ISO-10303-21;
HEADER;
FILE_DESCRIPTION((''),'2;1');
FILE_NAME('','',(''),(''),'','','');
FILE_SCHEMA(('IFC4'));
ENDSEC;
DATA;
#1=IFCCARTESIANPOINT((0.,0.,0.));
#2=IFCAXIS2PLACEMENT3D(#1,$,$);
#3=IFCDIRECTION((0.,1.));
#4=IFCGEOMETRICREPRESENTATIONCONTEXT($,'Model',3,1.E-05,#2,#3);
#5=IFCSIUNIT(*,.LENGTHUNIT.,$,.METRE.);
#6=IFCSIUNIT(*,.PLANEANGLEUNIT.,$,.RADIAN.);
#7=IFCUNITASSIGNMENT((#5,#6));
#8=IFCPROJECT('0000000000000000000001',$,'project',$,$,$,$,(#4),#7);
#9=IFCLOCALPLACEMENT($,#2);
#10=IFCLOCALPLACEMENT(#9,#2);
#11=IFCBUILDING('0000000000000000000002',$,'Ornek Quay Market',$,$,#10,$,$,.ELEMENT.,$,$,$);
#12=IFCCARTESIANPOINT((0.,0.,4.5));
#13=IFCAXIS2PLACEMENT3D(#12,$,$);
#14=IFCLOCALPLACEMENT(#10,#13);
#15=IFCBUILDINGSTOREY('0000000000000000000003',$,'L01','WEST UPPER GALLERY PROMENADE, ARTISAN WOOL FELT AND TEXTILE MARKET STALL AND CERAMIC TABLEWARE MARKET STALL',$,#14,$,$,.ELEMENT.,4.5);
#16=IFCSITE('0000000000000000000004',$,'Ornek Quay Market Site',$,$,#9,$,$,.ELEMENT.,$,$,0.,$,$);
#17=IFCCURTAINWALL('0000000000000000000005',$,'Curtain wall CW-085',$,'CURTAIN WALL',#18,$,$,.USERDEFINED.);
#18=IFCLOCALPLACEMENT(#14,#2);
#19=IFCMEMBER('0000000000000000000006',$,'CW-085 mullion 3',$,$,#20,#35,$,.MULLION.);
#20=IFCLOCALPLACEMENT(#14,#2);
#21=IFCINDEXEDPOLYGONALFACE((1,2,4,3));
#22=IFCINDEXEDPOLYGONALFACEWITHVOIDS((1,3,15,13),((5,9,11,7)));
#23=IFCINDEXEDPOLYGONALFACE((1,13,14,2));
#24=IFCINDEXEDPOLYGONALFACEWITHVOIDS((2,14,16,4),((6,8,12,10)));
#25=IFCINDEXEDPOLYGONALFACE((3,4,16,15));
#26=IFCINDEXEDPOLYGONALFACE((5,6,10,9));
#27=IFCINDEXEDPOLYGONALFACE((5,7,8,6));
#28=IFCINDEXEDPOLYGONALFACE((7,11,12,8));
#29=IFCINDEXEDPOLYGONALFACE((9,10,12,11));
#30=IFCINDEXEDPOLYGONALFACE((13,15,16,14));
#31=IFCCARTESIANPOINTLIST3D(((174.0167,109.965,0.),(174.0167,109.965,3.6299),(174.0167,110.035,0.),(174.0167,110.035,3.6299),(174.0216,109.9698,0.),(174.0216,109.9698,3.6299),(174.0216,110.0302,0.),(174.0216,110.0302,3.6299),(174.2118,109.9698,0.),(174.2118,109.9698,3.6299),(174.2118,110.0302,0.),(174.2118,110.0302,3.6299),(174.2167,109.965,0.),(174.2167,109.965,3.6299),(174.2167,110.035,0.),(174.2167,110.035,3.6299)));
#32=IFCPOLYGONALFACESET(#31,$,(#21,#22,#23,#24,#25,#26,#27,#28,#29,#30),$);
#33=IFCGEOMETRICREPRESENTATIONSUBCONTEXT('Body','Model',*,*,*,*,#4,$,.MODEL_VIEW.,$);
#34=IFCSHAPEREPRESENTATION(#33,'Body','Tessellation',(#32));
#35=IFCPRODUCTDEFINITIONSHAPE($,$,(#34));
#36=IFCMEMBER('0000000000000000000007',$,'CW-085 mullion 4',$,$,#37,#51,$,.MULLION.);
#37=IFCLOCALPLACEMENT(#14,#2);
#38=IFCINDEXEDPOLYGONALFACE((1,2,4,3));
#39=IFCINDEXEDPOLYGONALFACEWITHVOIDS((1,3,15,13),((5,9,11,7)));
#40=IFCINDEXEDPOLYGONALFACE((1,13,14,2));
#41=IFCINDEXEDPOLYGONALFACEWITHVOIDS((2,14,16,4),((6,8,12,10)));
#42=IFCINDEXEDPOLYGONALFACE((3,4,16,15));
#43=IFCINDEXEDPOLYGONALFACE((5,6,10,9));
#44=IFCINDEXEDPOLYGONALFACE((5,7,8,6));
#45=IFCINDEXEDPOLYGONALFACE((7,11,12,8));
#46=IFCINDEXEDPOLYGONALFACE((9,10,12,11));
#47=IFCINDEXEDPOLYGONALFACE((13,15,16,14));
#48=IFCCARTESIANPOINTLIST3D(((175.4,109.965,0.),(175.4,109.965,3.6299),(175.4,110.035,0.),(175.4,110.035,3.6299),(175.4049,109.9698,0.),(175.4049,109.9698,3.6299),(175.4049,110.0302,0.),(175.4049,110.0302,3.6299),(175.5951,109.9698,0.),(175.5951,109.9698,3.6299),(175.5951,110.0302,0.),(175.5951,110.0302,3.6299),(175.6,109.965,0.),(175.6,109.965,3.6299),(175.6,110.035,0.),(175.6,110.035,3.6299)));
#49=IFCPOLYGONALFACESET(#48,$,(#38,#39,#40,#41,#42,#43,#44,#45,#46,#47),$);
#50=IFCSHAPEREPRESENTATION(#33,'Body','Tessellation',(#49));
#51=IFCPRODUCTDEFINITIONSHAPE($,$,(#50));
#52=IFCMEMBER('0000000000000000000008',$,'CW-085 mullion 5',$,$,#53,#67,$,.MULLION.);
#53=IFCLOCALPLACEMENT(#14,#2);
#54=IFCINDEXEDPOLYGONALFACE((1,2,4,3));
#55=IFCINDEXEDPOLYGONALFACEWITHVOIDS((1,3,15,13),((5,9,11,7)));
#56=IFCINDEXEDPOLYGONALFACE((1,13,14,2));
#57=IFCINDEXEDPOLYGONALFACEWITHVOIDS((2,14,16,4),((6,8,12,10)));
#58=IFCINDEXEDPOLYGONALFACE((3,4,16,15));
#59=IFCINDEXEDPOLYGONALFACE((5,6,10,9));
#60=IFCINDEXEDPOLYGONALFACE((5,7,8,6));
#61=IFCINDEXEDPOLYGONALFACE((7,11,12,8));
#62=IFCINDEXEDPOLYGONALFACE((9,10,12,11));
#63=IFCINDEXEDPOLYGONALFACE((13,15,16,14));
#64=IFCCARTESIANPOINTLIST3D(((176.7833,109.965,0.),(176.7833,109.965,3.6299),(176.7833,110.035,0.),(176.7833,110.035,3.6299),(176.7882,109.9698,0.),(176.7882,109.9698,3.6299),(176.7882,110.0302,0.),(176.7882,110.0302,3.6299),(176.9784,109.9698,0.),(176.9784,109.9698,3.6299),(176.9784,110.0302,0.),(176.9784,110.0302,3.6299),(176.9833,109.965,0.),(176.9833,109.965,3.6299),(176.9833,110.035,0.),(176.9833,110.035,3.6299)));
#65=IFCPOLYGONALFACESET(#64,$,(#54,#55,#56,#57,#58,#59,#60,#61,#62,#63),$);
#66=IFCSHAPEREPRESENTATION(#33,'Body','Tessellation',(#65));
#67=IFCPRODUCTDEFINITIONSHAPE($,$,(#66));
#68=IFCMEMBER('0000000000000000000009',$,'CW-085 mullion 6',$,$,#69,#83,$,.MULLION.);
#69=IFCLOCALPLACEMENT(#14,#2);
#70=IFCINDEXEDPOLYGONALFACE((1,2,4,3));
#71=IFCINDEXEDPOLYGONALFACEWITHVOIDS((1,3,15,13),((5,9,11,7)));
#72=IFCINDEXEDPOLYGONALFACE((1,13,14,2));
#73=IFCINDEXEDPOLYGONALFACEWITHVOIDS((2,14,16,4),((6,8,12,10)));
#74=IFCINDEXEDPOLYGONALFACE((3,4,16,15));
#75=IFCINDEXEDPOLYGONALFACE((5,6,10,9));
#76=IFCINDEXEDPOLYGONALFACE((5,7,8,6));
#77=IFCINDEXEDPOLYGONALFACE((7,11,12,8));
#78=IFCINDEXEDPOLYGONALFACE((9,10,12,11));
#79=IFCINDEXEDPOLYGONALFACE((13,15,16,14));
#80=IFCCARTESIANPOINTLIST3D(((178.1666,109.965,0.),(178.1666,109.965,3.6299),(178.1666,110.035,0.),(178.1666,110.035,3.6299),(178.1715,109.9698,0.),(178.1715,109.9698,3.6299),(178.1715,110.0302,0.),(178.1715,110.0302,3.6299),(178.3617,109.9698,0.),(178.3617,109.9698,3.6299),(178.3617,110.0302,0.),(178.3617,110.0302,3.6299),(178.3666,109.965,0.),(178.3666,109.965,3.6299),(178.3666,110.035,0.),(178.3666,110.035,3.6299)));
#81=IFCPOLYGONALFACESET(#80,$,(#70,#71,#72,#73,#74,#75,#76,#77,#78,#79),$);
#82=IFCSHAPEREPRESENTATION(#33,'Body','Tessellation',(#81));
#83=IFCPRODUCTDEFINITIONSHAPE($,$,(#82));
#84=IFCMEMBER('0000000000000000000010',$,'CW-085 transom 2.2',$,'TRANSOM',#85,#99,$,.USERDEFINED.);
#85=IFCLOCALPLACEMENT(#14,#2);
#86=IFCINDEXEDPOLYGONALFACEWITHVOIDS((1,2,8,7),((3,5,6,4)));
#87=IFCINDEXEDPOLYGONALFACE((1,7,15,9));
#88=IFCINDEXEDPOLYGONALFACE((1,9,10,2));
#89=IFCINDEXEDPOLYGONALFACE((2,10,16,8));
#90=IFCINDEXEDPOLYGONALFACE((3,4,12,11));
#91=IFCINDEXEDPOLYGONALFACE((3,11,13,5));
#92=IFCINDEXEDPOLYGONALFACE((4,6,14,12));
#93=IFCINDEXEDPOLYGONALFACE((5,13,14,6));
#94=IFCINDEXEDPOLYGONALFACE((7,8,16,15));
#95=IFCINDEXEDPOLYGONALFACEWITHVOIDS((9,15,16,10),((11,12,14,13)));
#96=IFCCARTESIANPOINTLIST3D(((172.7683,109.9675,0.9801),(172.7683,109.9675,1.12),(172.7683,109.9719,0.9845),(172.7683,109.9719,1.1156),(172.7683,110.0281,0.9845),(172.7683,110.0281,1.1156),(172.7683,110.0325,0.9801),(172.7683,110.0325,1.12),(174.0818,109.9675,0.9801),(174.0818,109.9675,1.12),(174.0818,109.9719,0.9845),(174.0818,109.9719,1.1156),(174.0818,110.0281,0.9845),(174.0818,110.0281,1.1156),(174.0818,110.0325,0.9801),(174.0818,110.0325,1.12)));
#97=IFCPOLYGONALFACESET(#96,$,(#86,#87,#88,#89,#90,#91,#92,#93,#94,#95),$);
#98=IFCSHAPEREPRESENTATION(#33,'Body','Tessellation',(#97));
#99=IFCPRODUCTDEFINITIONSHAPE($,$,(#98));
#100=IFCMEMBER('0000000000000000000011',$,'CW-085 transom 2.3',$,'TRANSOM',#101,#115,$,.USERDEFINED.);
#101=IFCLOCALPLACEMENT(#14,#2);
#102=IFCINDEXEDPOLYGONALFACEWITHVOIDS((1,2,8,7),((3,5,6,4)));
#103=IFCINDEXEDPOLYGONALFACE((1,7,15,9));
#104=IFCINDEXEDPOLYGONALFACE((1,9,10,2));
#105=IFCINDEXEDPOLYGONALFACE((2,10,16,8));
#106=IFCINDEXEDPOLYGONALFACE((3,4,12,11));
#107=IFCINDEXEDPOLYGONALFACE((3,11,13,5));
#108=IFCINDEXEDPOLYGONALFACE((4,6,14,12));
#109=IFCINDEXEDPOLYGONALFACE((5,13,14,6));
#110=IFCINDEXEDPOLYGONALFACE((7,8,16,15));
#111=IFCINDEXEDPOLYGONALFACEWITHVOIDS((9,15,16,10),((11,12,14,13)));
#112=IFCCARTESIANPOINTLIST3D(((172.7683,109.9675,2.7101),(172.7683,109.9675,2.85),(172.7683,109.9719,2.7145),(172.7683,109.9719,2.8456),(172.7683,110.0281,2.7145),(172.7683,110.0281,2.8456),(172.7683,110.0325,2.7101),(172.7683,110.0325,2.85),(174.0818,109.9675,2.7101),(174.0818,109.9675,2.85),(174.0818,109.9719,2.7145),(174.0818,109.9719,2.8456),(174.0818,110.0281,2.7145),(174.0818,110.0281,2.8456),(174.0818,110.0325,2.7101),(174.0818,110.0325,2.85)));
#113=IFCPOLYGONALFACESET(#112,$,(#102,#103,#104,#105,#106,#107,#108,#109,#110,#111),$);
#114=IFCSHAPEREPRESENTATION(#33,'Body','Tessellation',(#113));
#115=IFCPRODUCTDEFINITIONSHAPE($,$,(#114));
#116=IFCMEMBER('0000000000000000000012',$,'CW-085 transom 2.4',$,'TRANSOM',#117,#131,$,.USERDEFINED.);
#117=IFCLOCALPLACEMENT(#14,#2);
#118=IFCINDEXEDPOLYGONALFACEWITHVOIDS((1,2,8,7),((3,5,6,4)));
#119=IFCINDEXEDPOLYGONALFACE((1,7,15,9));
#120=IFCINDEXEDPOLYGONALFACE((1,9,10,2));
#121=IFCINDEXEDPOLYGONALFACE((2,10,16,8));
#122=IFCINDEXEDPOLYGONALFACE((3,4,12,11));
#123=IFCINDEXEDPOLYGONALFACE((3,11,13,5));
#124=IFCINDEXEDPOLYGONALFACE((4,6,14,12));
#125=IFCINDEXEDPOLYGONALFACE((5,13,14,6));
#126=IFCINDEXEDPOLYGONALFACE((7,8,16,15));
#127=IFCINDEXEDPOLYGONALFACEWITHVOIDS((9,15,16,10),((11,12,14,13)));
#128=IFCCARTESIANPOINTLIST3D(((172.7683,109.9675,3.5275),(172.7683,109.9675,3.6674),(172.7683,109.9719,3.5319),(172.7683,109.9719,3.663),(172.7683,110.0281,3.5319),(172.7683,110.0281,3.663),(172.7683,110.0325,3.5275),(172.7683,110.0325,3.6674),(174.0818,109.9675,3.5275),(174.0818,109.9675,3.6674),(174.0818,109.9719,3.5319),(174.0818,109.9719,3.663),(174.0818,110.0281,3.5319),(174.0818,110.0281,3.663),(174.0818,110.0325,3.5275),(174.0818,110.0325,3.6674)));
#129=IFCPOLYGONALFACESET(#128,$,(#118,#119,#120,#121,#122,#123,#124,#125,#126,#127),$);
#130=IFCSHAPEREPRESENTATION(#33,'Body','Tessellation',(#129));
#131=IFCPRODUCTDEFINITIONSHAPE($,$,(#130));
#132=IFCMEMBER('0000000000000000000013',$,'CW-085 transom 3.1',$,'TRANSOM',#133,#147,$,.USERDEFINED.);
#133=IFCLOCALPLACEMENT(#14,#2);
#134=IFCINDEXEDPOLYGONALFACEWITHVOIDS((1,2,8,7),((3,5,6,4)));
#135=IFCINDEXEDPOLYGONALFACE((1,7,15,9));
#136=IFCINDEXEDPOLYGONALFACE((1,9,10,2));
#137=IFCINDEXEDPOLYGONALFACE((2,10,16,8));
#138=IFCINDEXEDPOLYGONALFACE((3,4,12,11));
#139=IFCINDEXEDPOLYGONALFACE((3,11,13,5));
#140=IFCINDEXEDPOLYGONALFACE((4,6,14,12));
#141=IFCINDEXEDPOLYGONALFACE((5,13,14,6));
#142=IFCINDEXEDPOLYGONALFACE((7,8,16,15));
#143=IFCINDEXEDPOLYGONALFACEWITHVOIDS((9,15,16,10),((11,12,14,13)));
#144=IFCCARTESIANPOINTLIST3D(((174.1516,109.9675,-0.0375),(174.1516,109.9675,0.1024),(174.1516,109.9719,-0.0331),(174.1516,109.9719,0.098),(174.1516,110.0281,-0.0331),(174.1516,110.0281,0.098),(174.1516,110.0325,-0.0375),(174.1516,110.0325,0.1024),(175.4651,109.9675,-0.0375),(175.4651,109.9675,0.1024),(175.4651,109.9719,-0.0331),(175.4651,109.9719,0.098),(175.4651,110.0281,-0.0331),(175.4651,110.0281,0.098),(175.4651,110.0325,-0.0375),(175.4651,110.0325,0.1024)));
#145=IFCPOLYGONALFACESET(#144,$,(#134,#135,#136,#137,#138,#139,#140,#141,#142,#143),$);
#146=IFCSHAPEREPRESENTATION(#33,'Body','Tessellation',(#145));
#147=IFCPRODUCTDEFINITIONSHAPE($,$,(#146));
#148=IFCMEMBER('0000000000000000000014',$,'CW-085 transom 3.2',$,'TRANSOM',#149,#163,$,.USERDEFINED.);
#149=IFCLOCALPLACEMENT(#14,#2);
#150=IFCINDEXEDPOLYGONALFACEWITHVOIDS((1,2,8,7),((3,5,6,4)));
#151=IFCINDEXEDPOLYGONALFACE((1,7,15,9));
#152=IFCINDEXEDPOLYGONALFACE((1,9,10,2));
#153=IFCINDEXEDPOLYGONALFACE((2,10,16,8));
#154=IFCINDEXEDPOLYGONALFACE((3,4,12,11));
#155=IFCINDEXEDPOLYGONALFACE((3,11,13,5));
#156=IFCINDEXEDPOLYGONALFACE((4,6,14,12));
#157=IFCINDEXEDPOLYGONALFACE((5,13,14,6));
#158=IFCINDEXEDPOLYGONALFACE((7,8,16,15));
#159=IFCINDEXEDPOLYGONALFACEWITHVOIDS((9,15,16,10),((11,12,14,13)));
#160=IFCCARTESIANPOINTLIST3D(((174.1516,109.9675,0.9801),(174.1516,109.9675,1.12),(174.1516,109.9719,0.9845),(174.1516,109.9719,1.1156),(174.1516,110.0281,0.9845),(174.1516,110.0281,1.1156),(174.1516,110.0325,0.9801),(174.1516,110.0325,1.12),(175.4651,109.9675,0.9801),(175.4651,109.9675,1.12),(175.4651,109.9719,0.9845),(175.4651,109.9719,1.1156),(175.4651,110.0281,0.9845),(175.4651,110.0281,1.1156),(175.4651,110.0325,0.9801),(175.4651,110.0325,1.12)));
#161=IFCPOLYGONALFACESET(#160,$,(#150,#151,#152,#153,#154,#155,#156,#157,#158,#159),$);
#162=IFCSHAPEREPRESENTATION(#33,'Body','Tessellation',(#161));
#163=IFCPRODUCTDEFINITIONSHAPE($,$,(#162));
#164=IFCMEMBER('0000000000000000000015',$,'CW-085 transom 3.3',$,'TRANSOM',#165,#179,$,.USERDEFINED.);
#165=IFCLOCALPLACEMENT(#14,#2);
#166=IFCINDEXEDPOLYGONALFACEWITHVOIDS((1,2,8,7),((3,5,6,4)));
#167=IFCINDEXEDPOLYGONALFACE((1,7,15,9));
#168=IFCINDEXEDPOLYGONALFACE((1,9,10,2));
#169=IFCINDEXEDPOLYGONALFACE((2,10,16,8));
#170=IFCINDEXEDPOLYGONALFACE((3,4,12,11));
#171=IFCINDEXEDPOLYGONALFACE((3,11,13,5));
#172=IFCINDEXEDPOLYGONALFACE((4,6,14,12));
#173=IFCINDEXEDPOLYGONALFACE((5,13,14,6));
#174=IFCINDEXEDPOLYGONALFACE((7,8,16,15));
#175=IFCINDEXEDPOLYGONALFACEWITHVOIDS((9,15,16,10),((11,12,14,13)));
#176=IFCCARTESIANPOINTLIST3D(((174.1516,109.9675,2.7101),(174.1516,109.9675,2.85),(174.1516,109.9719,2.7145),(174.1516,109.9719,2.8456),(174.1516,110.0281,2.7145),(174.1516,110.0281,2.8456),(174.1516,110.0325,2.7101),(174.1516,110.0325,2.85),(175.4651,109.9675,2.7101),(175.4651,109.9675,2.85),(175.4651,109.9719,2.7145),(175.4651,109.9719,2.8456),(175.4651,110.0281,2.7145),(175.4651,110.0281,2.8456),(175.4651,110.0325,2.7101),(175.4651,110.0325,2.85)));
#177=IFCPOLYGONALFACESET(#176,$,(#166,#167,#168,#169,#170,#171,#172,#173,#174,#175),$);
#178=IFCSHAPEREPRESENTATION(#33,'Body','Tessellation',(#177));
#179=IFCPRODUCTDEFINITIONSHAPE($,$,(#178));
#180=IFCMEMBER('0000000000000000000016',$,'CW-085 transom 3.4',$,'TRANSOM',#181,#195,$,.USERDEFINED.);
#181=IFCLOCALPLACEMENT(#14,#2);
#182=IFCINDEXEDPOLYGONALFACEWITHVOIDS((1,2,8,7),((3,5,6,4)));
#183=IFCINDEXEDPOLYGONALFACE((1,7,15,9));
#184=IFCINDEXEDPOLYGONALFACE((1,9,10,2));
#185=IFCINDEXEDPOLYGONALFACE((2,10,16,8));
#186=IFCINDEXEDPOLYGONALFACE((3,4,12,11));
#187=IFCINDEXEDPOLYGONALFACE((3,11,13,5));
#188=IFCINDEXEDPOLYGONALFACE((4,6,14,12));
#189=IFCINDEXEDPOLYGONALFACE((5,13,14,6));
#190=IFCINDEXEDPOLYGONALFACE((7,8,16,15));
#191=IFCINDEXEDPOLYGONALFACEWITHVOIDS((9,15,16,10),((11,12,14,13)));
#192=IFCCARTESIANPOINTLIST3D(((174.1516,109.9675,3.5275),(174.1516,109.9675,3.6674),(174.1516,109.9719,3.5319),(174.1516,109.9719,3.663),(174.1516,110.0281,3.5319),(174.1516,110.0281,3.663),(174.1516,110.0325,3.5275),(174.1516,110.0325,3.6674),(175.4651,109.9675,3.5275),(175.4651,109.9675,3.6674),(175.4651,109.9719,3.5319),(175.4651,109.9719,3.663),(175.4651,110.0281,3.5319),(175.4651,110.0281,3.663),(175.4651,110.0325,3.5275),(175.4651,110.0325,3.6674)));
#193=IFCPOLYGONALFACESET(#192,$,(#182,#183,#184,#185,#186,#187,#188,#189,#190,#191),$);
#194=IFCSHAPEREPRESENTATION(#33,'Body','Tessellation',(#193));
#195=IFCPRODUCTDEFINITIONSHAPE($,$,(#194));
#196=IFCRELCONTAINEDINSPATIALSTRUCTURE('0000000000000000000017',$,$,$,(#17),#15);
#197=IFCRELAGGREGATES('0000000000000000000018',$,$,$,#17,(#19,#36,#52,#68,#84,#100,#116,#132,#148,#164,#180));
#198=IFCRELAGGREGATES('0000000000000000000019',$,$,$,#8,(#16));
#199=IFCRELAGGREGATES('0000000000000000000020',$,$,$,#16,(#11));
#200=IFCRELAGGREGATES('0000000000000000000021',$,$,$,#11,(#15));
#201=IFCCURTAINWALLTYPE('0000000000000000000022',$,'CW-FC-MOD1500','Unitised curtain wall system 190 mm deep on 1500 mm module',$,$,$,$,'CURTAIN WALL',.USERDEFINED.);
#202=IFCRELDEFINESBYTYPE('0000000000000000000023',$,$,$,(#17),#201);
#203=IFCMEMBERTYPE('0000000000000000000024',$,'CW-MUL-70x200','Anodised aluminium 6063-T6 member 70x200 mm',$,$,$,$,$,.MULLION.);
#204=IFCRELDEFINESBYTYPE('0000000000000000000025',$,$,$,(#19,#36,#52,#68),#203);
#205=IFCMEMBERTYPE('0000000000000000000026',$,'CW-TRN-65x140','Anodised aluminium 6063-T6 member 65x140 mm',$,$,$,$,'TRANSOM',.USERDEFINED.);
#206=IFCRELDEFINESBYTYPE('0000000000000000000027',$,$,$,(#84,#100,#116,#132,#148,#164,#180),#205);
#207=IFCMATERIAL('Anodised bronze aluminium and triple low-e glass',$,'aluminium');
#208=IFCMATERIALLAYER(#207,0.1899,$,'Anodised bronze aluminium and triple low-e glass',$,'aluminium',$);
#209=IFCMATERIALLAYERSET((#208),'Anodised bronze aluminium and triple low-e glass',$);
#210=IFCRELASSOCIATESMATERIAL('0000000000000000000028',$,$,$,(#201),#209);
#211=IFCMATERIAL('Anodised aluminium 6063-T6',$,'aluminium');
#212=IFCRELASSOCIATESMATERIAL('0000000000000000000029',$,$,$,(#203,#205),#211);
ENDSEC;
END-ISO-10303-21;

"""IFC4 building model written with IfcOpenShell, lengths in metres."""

from ifc_helpers import new_model, si_unit, direction, frame, origin, origin_2d, place, context, subcontext, project, spatial, hollow_rectangle, extrude, material, layer, layer_set, material_profile, profile_set, type_object, element, aggregate, save


model = new_model("IFC4")

# Units and contexts
model_context = context("Model", 3, precision=1e-05, world=origin(), true_north=direction((0.0, 1.0)))
body_context = subcontext(model_context, "Body", "Model", "MODEL_VIEW")
ifc_project = project(units=[si_unit("LENGTHUNIT", "METRE"), si_unit("PLANEANGLEUNIT", "RADIAN")], contexts=[model_context])

# Site, building, storey
site_placement = place(None, origin())
site = spatial("IfcSite", under=ifc_project, at=site_placement, Name="Ornek Quay Market Site", CompositionType="ELEMENT", RefElevation=0.0)
building_placement = place(site_placement, origin())
building = spatial("IfcBuilding", under=site, at=building_placement, Name="Ornek Quay Market", CompositionType="ELEMENT")
storey_placement = place(building_placement, frame((0.0, 0.0, 4.5)))
storey = spatial("IfcBuildingStorey", under=building, at=storey_placement, Name="L01", Description="WEST UPPER GALLERY PROMENADE, ARTISAN WOOL FELT AND TEXTILE MARKET STALL AND CERAMIC TABLEWARE MARKET STALL", CompositionType="ELEMENT", Elevation=4.5)

# Curtain wall, members
ifc_material_1 = material(Name="Anodised bronze aluminium and triple low-e glass", Category="aluminium")
ifc_layer_1 = layer(ifc_material_1, 0.1899, Name="Anodised bronze aluminium and triple low-e glass", Category="aluminium")
ifc_layer_set_1 = layer_set([ifc_layer_1], Name="Anodised bronze aluminium and triple low-e glass")
curtain_wall_type = type_object("IfcCurtainWallType", Name="CW-FC-MOD1500", Description="Unitised curtain wall system 190 mm deep on 1500 mm module", ElementType="CURTAIN WALL", PredefinedType="USERDEFINED", material=ifc_layer_set_1)
curtain_wall_placement = place(storey_placement, origin())
curtain_wall = element("IfcCurtainWall", 1, at=curtain_wall_placement, inside=storey, type_object=curtain_wall_type, Name="Curtain wall CW-085", ObjectType="CURTAIN WALL", PredefinedType="USERDEFINED")
ifc_material_2 = material(Name="Anodised aluminium 6063-T6", Category="aluminium")
ifc_material_profile_1 = material_profile(ifc_material_2, hollow_rectangle(XDim=0.0701, YDim=0.2, WallThickness=0.0049, at=origin_2d()), Name="CW-MUL-70x200", Category="aluminium")
ifc_profile_set_1 = profile_set([ifc_material_profile_1], Name="Anodised aluminium 6063-T6")
member_type_1 = type_object("IfcMemberType", Name="CW-MUL-70x200", Description="Anodised aluminium 6063-T6 member 70x200 mm", PredefinedType="MULLION", material=ifc_profile_set_1)
member_1_placement = place(storey_placement, frame((174.1167, 110.0, 0.0), z_axis=(0.0, 0.0, 1.0), x_axis=(0.0, 1.0, 0.0)))
member_1 = element("IfcMember", 2, at=member_1_placement, type_object=member_type_1, Name="CW-085 mullion 3", PredefinedType="MULLION", context=body_context, shape_type="SweptSolid", body=[
    extrude(hollow_rectangle(XDim=0.0701, YDim=0.2, WallThickness=0.0049, at=origin_2d()), origin(), (0.0, 0.0, 1.0), 3.6299),
])
member_2_placement = place(storey_placement, frame((175.5, 110.0, 0.0), z_axis=(0.0, 0.0, 1.0), x_axis=(0.0, 1.0, 0.0)))
member_2 = element("IfcMember", 3, at=member_2_placement, type_object=member_type_1, Name="CW-085 mullion 4", PredefinedType="MULLION", context=body_context, shape_type="SweptSolid", body=[
    extrude(hollow_rectangle(XDim=0.0701, YDim=0.2, WallThickness=0.0049, at=origin_2d()), origin(), (0.0, 0.0, 1.0), 3.6299),
])
member_3_placement = place(storey_placement, frame((176.8833, 110.0, 0.0), z_axis=(0.0, 0.0, 1.0), x_axis=(0.0, 1.0, 0.0)))
member_3 = element("IfcMember", 4, at=member_3_placement, type_object=member_type_1, Name="CW-085 mullion 5", PredefinedType="MULLION", context=body_context, shape_type="SweptSolid", body=[
    extrude(hollow_rectangle(XDim=0.0701, YDim=0.2, WallThickness=0.0049, at=origin_2d()), origin(), (0.0, 0.0, 1.0), 3.6299),
])
member_4_placement = place(storey_placement, frame((178.2666, 110.0, 0.0), z_axis=(0.0, 0.0, 1.0), x_axis=(0.0, 1.0, 0.0)))
member_4 = element("IfcMember", 5, at=member_4_placement, type_object=member_type_1, Name="CW-085 mullion 6", PredefinedType="MULLION", context=body_context, shape_type="SweptSolid", body=[
    extrude(hollow_rectangle(XDim=0.0701, YDim=0.2, WallThickness=0.0049, at=origin_2d()), origin(), (0.0, 0.0, 1.0), 3.6299),
])
ifc_material_profile_2 = material_profile(ifc_material_2, hollow_rectangle(XDim=0.0649, YDim=0.1399, WallThickness=0.0044, at=origin_2d()), Name="CW-TRN-65x140", Category="aluminium")
ifc_profile_set_2 = profile_set([ifc_material_profile_2], Name="Anodised aluminium 6063-T6")
member_type_2 = type_object("IfcMemberType", Name="CW-TRN-65x140", Description="Anodised aluminium 6063-T6 member 65x140 mm", ElementType="TRANSOM", PredefinedType="USERDEFINED", material=ifc_profile_set_2)
member_5_placement = place(storey_placement, frame((172.7683, 110.0, 1.05), z_axis=(1.0, 0.0, 0.0), x_axis=(0.0, 1.0, 0.0)))
member_5 = element("IfcMember", 6, at=member_5_placement, type_object=member_type_2, Name="CW-085 transom 2.2", ObjectType="TRANSOM", PredefinedType="USERDEFINED", context=body_context, shape_type="SweptSolid", body=[
    extrude(hollow_rectangle(XDim=0.0649, YDim=0.1399, WallThickness=0.0044, at=origin_2d()), origin(), (0.0, 0.0, 1.0), 1.3135),
])
member_6_placement = place(storey_placement, frame((172.7683, 110.0, 2.78), z_axis=(1.0, 0.0, 0.0), x_axis=(0.0, 1.0, 0.0)))
member_6 = element("IfcMember", 7, at=member_6_placement, type_object=member_type_2, Name="CW-085 transom 2.3", ObjectType="TRANSOM", PredefinedType="USERDEFINED", context=body_context, shape_type="SweptSolid", body=[
    extrude(hollow_rectangle(XDim=0.0649, YDim=0.1399, WallThickness=0.0044, at=origin_2d()), origin(), (0.0, 0.0, 1.0), 1.3135),
])
member_7_placement = place(storey_placement, frame((172.7683, 110.0, 3.5974), z_axis=(1.0, 0.0, 0.0), x_axis=(0.0, 1.0, 0.0)))
member_7 = element("IfcMember", 8, at=member_7_placement, type_object=member_type_2, Name="CW-085 transom 2.4", ObjectType="TRANSOM", PredefinedType="USERDEFINED", context=body_context, shape_type="SweptSolid", body=[
    extrude(hollow_rectangle(XDim=0.0649, YDim=0.1399, WallThickness=0.0044, at=origin_2d()), origin(), (0.0, 0.0, 1.0), 1.3135),
])
member_8_placement = place(storey_placement, frame((174.1516, 110.0, 0.0325), z_axis=(1.0, 0.0, 0.0), x_axis=(0.0, 1.0, 0.0)))
member_8 = element("IfcMember", 9, at=member_8_placement, type_object=member_type_2, Name="CW-085 transom 3.1", ObjectType="TRANSOM", PredefinedType="USERDEFINED", context=body_context, shape_type="SweptSolid", body=[
    extrude(hollow_rectangle(XDim=0.0649, YDim=0.1399, WallThickness=0.0044, at=origin_2d()), origin(), (0.0, 0.0, 1.0), 1.3135),
])
member_9_placement = place(storey_placement, frame((174.1516, 110.0, 1.05), z_axis=(1.0, 0.0, 0.0), x_axis=(0.0, 1.0, 0.0)))
member_9 = element("IfcMember", 10, at=member_9_placement, type_object=member_type_2, Name="CW-085 transom 3.2", ObjectType="TRANSOM", PredefinedType="USERDEFINED", context=body_context, shape_type="SweptSolid", body=[
    extrude(hollow_rectangle(XDim=0.0649, YDim=0.1399, WallThickness=0.0044, at=origin_2d()), origin(), (0.0, 0.0, 1.0), 1.3135),
])
member_10_placement = place(storey_placement, frame((174.1516, 110.0, 2.78), z_axis=(1.0, 0.0, 0.0), x_axis=(0.0, 1.0, 0.0)))
member_10 = element("IfcMember", 11, at=member_10_placement, type_object=member_type_2, Name="CW-085 transom 3.3", ObjectType="TRANSOM", PredefinedType="USERDEFINED", context=body_context, shape_type="SweptSolid", body=[
    extrude(hollow_rectangle(XDim=0.0649, YDim=0.1399, WallThickness=0.0044, at=origin_2d()), origin(), (0.0, 0.0, 1.0), 1.3135),
])
member_11_placement = place(storey_placement, frame((174.1516, 110.0, 3.5974), z_axis=(1.0, 0.0, 0.0), x_axis=(0.0, 1.0, 0.0)))
member_11 = element("IfcMember", 12, at=member_11_placement, type_object=member_type_2, Name="CW-085 transom 3.4", ObjectType="TRANSOM", PredefinedType="USERDEFINED", context=body_context, shape_type="SweptSolid", body=[
    extrude(hollow_rectangle(XDim=0.0649, YDim=0.1399, WallThickness=0.0044, at=origin_2d()), origin(), (0.0, 0.0, 1.0), 1.3135),
])
aggregate(curtain_wall, [member_1, member_2, member_3, member_4, member_5, member_6, member_7, member_8, member_9, member_10, member_11])

save(model, "model.ifc")
